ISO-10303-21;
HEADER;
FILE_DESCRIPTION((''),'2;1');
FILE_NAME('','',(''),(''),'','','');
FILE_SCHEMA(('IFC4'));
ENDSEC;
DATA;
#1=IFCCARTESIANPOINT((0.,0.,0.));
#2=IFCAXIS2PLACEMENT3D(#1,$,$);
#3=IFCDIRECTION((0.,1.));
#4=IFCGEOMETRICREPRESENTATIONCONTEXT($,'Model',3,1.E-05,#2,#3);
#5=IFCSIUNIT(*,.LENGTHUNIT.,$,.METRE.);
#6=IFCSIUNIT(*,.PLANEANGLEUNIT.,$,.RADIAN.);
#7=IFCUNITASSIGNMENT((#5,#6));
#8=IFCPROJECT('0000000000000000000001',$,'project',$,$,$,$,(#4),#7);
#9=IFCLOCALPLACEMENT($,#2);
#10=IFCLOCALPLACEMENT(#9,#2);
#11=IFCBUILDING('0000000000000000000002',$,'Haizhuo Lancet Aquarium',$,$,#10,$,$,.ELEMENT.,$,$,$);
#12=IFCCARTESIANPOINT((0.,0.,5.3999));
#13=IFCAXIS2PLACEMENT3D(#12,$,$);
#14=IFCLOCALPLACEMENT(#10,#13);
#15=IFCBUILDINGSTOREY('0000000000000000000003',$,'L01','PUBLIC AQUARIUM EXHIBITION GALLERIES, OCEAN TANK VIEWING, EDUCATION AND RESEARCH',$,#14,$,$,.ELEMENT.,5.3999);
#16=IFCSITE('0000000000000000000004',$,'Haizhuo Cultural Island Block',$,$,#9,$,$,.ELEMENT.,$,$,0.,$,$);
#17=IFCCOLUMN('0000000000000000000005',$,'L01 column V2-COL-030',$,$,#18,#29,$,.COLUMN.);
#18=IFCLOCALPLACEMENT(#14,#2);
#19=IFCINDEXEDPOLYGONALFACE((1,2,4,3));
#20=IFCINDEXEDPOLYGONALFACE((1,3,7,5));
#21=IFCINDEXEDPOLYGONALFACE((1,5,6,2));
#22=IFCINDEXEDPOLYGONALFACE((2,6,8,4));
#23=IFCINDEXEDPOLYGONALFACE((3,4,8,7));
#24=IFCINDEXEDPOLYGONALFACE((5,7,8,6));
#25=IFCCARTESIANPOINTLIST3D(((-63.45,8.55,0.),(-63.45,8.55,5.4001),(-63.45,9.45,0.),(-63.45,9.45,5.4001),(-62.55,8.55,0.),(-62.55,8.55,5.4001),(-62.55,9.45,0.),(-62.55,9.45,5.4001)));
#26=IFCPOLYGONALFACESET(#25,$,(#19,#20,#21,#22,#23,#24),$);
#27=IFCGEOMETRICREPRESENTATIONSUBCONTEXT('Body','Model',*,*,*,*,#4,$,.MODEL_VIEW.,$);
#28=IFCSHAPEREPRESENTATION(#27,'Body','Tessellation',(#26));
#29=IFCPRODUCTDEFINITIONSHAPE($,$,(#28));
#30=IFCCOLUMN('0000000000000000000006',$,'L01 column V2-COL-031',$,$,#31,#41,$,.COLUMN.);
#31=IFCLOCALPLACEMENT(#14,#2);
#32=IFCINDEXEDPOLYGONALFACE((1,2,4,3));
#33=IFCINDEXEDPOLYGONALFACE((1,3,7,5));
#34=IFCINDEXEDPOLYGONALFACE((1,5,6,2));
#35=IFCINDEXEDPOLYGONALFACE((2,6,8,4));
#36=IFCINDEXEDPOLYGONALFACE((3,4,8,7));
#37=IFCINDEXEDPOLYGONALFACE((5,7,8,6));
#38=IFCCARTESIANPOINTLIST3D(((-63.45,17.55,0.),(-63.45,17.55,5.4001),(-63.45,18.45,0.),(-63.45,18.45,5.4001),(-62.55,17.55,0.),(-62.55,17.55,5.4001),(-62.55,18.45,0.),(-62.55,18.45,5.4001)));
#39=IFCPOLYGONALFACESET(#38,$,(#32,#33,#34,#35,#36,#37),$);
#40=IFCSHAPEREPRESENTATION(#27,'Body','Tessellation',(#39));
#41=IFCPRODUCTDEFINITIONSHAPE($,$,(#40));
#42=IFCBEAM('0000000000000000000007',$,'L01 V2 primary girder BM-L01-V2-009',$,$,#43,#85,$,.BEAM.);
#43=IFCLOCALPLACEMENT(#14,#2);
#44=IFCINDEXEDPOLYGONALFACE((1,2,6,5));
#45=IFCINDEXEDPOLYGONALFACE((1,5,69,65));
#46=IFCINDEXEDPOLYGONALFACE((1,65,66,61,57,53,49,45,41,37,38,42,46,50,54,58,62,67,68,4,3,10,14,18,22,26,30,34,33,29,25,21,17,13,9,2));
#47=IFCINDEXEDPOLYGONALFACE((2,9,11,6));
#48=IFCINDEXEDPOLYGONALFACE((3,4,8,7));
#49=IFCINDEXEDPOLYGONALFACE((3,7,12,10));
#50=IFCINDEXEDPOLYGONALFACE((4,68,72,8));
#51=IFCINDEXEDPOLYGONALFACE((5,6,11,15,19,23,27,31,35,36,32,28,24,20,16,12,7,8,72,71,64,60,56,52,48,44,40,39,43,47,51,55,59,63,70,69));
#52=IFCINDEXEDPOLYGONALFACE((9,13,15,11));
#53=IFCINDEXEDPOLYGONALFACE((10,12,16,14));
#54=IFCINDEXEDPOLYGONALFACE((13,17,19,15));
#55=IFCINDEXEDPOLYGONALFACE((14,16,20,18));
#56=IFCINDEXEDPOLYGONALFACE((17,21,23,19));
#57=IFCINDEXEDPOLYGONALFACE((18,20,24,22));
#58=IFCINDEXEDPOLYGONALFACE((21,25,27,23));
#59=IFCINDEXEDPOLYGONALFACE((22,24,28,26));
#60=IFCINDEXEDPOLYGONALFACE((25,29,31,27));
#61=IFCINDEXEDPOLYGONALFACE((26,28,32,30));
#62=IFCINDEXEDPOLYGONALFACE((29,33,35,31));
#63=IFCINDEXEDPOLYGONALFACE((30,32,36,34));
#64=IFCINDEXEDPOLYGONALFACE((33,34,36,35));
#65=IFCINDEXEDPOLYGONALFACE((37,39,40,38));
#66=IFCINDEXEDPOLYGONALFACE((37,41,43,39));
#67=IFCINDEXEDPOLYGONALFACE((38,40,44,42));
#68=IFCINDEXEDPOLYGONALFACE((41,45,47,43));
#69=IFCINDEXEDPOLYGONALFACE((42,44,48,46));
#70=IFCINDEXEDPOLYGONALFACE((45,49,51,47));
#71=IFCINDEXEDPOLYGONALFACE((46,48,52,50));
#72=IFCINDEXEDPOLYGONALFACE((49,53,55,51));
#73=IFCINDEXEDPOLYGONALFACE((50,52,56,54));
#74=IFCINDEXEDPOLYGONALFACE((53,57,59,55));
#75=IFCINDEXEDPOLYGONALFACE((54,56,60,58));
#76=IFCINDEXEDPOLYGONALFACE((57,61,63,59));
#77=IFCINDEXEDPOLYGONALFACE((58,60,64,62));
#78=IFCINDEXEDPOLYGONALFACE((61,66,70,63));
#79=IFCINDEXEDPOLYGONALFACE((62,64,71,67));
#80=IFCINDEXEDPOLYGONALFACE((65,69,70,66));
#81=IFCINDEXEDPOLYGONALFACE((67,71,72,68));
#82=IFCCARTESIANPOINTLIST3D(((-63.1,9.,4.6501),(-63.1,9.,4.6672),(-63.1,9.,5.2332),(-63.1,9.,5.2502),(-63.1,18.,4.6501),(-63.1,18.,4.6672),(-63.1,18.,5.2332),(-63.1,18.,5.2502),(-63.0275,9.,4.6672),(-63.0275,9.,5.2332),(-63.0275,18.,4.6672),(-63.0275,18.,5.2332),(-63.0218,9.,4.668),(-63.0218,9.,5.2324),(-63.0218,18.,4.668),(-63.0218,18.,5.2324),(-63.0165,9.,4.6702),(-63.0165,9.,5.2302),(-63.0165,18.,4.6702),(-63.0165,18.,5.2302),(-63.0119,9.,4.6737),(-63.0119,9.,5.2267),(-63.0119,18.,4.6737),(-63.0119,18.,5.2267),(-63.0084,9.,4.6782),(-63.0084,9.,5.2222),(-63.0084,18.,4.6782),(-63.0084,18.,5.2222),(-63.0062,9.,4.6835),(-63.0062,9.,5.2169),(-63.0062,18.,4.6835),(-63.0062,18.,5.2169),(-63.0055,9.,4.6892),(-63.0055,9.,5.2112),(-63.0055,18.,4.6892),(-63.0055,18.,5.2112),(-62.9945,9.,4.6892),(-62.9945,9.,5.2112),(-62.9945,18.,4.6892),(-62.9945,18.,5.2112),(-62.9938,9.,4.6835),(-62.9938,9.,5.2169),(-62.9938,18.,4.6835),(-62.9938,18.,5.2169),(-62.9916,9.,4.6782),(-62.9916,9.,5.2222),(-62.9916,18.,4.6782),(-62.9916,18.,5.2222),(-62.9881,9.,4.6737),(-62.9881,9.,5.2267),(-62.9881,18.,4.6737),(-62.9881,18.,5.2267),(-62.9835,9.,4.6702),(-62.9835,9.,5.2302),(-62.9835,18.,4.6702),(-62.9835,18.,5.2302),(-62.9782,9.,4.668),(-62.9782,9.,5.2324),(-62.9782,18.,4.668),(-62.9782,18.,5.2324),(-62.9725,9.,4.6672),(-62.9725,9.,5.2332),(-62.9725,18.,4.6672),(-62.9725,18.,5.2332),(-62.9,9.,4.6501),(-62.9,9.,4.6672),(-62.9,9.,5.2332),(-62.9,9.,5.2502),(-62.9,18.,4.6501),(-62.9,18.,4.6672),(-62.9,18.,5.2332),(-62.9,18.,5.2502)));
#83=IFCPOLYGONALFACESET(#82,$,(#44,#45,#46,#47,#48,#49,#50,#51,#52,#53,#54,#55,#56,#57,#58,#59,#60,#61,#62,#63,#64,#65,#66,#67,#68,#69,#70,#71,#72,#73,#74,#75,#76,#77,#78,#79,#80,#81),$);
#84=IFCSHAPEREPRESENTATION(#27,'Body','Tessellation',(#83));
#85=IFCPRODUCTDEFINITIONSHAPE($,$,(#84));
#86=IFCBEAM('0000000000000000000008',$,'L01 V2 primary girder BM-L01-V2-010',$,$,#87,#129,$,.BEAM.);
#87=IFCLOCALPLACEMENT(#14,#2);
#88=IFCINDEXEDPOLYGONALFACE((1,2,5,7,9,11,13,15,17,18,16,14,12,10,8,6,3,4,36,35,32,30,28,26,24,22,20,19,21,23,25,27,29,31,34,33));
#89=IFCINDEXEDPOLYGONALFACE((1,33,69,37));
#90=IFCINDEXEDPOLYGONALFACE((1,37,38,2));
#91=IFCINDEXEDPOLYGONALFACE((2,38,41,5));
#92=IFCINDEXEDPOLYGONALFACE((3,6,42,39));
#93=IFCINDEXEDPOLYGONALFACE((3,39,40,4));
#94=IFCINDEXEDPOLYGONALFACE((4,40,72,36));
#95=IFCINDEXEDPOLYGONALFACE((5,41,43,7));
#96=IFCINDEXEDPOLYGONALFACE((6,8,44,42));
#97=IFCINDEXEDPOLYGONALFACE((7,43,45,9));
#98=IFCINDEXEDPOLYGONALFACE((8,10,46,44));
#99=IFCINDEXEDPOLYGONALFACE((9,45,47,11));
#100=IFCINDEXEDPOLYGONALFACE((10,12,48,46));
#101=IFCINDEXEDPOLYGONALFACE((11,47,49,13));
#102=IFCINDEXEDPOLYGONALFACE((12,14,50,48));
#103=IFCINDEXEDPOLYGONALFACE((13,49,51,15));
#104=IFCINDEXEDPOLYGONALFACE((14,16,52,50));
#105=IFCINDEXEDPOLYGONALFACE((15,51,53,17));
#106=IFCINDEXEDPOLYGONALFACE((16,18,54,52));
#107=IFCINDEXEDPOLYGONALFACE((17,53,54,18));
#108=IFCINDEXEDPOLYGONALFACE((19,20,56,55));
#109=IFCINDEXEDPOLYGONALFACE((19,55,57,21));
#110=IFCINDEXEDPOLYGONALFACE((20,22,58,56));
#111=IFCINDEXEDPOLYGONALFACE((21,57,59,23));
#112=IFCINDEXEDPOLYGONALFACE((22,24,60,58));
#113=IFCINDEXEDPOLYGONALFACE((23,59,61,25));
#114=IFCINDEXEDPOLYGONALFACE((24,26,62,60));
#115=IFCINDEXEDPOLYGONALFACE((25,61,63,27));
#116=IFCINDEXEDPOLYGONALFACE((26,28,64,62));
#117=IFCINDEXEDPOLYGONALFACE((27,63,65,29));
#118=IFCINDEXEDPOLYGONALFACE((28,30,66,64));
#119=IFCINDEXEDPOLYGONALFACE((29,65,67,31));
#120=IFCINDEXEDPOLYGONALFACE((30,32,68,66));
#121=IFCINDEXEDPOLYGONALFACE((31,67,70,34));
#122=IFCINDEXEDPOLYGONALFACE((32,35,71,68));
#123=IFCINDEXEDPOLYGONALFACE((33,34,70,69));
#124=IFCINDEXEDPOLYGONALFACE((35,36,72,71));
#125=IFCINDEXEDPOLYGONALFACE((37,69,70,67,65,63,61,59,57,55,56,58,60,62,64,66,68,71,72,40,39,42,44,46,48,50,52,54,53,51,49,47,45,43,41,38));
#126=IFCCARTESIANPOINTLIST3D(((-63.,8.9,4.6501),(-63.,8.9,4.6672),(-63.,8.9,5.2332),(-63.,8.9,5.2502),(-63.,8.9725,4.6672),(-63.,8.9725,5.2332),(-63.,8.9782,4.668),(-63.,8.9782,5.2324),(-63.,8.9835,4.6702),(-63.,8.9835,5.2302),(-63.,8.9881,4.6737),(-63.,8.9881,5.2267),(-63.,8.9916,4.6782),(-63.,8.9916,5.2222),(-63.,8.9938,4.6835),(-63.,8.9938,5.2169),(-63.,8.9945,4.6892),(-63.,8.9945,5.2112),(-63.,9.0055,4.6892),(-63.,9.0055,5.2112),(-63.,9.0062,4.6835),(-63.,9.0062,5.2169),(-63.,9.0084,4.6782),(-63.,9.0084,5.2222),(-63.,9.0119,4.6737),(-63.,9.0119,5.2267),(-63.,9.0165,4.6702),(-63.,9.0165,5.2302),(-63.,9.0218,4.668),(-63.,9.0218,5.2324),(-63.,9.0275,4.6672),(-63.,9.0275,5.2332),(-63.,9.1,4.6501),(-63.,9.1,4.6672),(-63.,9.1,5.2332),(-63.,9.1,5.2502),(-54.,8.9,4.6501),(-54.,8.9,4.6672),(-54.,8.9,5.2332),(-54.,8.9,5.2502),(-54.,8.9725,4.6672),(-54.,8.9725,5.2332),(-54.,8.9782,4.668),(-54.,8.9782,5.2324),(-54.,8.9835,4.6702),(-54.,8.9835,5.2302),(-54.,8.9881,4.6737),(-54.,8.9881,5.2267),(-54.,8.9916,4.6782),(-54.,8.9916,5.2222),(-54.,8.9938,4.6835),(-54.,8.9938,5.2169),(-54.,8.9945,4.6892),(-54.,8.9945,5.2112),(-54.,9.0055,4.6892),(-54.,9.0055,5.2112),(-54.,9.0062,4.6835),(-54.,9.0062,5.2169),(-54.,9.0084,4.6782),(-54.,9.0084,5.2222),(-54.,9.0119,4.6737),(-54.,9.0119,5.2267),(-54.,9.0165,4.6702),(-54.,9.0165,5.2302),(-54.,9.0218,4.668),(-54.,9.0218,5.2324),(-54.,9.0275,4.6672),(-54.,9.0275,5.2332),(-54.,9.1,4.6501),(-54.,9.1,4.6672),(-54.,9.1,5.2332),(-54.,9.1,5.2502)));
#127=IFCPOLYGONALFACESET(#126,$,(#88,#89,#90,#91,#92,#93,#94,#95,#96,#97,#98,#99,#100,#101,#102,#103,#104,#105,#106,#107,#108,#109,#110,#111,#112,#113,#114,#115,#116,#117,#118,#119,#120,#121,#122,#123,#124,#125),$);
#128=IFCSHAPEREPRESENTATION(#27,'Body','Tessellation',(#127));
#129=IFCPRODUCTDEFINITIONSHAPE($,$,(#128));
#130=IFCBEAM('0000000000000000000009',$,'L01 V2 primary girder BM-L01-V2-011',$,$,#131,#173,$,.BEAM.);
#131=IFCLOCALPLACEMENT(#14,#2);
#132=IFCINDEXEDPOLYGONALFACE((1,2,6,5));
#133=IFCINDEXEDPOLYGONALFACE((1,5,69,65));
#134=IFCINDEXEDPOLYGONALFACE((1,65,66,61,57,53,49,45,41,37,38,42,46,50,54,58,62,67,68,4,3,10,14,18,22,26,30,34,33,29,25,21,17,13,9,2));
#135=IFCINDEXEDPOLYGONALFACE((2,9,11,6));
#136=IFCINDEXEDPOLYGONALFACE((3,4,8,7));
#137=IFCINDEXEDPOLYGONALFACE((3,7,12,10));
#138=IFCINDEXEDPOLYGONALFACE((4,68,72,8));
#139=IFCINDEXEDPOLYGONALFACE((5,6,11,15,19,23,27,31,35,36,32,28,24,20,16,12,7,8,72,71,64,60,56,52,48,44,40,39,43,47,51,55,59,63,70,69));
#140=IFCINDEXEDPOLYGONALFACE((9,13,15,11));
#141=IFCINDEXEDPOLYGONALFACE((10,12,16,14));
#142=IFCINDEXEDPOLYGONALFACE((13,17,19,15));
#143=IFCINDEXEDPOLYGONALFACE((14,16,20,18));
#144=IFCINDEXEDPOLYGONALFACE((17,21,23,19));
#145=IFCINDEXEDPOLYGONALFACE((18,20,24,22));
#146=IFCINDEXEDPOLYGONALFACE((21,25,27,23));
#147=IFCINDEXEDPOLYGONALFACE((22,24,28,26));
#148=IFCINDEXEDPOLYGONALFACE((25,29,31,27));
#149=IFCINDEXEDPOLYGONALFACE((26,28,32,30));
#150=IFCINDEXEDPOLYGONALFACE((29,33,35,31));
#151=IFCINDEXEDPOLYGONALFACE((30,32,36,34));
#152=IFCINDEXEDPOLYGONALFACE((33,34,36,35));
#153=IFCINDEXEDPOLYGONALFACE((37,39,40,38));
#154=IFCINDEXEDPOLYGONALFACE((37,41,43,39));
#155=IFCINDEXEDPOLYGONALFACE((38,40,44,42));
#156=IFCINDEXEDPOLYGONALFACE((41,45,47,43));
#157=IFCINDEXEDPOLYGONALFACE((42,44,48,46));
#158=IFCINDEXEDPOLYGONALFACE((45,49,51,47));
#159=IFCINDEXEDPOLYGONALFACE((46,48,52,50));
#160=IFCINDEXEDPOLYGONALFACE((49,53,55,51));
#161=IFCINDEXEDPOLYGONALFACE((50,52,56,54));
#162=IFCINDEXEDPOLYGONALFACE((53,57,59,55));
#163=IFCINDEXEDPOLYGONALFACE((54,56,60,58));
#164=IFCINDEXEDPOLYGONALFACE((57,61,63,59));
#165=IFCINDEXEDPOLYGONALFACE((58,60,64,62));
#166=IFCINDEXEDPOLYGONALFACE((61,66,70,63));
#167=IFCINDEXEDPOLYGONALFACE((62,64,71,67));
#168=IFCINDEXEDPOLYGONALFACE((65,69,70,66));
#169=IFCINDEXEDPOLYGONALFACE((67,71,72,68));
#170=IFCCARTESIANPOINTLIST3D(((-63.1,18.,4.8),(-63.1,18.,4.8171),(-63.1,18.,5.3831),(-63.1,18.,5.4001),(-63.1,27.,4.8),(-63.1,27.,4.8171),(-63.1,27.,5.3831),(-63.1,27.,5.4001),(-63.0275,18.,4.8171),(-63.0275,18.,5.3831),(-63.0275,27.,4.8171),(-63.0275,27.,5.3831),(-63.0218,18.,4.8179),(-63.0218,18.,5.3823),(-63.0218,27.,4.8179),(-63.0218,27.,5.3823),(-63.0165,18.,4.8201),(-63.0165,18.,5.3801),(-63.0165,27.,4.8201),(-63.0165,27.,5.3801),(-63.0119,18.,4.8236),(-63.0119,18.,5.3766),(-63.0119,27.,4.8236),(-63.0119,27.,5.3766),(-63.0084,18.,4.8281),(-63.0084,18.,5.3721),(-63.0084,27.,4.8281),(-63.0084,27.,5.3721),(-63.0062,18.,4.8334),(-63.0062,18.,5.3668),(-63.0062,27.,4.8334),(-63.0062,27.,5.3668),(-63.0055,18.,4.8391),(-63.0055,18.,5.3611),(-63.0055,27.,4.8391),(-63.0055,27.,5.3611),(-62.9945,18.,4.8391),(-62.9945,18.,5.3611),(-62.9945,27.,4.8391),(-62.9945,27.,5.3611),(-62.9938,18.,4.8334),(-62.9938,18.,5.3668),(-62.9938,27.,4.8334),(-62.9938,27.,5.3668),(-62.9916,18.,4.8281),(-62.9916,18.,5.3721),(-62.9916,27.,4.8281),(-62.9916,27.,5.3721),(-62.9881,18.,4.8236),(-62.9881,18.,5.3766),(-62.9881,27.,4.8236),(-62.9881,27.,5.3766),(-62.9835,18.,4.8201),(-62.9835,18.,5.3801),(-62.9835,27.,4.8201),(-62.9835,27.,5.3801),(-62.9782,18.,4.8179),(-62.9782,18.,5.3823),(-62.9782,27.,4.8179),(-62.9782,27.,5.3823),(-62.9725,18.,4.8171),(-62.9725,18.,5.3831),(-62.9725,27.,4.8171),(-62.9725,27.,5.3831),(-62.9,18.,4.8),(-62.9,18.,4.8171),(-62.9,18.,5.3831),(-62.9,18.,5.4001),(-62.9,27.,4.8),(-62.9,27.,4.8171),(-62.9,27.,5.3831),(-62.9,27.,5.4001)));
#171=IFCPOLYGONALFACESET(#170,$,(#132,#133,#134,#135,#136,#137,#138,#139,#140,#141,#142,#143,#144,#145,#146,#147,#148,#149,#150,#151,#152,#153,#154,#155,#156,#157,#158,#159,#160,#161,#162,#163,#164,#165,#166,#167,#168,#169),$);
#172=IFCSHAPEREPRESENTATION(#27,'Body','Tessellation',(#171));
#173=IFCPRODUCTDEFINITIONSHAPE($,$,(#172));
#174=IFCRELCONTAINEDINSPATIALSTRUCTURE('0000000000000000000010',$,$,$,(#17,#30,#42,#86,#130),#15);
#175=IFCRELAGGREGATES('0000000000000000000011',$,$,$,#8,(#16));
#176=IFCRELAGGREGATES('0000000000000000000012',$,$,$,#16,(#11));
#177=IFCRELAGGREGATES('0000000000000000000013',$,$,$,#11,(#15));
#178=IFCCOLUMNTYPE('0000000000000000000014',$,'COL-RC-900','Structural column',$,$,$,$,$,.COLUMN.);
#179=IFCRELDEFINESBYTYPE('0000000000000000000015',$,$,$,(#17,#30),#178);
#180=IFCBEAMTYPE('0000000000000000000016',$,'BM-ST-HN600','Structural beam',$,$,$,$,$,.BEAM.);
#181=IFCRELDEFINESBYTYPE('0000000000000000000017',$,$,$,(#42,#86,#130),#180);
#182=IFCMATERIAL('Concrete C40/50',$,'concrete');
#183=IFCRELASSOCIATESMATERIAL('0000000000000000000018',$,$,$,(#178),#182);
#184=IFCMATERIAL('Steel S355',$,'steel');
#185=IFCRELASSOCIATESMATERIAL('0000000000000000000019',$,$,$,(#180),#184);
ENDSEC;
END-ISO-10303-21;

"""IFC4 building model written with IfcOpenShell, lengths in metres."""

from ifc_helpers import new_model, si_unit, direction, frame, origin, origin_2d, place, context, subcontext, project, spatial, rectangle, i_section, extrude, material, material_profile, profile_set, type_object, element, save


model = new_model("IFC4")

# Units and contexts
model_context = context("Model", 3, precision=1e-05, world=origin(), true_north=direction((0.0, 1.0)))
body_context = subcontext(model_context, "Body", "Model", "MODEL_VIEW")
ifc_project = project(units=[si_unit("LENGTHUNIT", "METRE"), si_unit("PLANEANGLEUNIT", "RADIAN")], contexts=[model_context])

# Site, building, storey
site_placement = place(None, origin())
site = spatial("IfcSite", under=ifc_project, at=site_placement, Name="Haizhuo Cultural Island Block", CompositionType="ELEMENT", RefElevation=0.0)
building_placement = place(site_placement, origin())
building = spatial("IfcBuilding", under=site, at=building_placement, Name="Haizhuo Lancet Aquarium", CompositionType="ELEMENT")
storey_placement = place(building_placement, frame((0.0, 0.0, 5.3999)))
storey = spatial("IfcBuildingStorey", under=building, at=storey_placement, Name="L01", Description="PUBLIC AQUARIUM EXHIBITION GALLERIES, OCEAN TANK VIEWING, EDUCATION AND RESEARCH", CompositionType="ELEMENT", Elevation=5.3999)

# Columns
ifc_material_1 = material(Name="Concrete C40/50", Category="concrete")
ifc_material_profile_1 = material_profile(ifc_material_1, rectangle(XDim=0.8999, YDim=0.8999, at=origin_2d()), Name="RC-COL 900x900")
ifc_profile_set_1 = profile_set([ifc_material_profile_1], Name="Concrete C40/50")
column_type = type_object("IfcColumnType", Name="COL-RC-900", Description="Structural column", PredefinedType="COLUMN", material=ifc_profile_set_1)
for number, where, z_axis, x_axis, name in (
    (1, (-63.0, 9.0, 0.0), (0.0, 0.0, 1.0), (1.0, 0.0, 0.0), "L01 column V2-COL-030"),
    (2, (-63.0, 18.0, 0.0), (0.0, 0.0, 1.0), (1.0, 0.0, 0.0), "L01 column V2-COL-031"),
):
    element("IfcColumn", number, at=place(storey_placement, frame(where, z_axis=z_axis, x_axis=x_axis)), inside=storey, type_object=column_type, Name=name, PredefinedType="COLUMN", context=body_context, shape_type="SweptSolid", body=[
        extrude(rectangle(XDim=0.8999, YDim=0.8999, at=origin_2d()), origin(), (0.0, 0.0, 1.0), 5.4001),
    ])

# Beams
ifc_material_2 = material(Name="Steel S355", Category="steel")
ifc_material_profile_2 = material_profile(ifc_material_2, i_section(OverallWidth=0.2, OverallDepth=0.6001, WebThickness=0.011, FlangeThickness=0.0171, FilletRadius=0.022, at=origin_2d()), Name="HN 600x200x11x17")
ifc_profile_set_2 = profile_set([ifc_material_profile_2], Name="Steel S355")
beam_type = type_object("IfcBeamType", Name="BM-ST-HN600", Description="Structural beam", PredefinedType="BEAM", material=ifc_profile_set_2)
for number, where, z_axis, x_axis, name in (
    (3, (-63.0, 9.0, 4.9502), (0.0, 1.0, 0.0), (-1.0, 0.0, 0.0), "L01 V2 primary girder BM-L01-V2-009"),
    (4, (-63.0, 9.0, 4.9502), (1.0, 0.0, 0.0), (0.0, 1.0, 0.0), "L01 V2 primary girder BM-L01-V2-010"),
    (5, (-63.0, 18.0, 5.1001), (0.0, 1.0, 0.0), (-1.0, 0.0, 0.0), "L01 V2 primary girder BM-L01-V2-011"),
):
    element("IfcBeam", number, at=place(storey_placement, frame(where, z_axis=z_axis, x_axis=x_axis)), inside=storey, type_object=beam_type, Name=name, PredefinedType="BEAM", context=body_context, shape_type="SweptSolid", body=[
        extrude(i_section(OverallWidth=0.2, OverallDepth=0.6001, WebThickness=0.011, FlangeThickness=0.0171, FilletRadius=0.022, at=origin_2d()), origin(), (0.0, 0.0, 1.0), 9.0),
    ])

save(model, "model.ifc")
